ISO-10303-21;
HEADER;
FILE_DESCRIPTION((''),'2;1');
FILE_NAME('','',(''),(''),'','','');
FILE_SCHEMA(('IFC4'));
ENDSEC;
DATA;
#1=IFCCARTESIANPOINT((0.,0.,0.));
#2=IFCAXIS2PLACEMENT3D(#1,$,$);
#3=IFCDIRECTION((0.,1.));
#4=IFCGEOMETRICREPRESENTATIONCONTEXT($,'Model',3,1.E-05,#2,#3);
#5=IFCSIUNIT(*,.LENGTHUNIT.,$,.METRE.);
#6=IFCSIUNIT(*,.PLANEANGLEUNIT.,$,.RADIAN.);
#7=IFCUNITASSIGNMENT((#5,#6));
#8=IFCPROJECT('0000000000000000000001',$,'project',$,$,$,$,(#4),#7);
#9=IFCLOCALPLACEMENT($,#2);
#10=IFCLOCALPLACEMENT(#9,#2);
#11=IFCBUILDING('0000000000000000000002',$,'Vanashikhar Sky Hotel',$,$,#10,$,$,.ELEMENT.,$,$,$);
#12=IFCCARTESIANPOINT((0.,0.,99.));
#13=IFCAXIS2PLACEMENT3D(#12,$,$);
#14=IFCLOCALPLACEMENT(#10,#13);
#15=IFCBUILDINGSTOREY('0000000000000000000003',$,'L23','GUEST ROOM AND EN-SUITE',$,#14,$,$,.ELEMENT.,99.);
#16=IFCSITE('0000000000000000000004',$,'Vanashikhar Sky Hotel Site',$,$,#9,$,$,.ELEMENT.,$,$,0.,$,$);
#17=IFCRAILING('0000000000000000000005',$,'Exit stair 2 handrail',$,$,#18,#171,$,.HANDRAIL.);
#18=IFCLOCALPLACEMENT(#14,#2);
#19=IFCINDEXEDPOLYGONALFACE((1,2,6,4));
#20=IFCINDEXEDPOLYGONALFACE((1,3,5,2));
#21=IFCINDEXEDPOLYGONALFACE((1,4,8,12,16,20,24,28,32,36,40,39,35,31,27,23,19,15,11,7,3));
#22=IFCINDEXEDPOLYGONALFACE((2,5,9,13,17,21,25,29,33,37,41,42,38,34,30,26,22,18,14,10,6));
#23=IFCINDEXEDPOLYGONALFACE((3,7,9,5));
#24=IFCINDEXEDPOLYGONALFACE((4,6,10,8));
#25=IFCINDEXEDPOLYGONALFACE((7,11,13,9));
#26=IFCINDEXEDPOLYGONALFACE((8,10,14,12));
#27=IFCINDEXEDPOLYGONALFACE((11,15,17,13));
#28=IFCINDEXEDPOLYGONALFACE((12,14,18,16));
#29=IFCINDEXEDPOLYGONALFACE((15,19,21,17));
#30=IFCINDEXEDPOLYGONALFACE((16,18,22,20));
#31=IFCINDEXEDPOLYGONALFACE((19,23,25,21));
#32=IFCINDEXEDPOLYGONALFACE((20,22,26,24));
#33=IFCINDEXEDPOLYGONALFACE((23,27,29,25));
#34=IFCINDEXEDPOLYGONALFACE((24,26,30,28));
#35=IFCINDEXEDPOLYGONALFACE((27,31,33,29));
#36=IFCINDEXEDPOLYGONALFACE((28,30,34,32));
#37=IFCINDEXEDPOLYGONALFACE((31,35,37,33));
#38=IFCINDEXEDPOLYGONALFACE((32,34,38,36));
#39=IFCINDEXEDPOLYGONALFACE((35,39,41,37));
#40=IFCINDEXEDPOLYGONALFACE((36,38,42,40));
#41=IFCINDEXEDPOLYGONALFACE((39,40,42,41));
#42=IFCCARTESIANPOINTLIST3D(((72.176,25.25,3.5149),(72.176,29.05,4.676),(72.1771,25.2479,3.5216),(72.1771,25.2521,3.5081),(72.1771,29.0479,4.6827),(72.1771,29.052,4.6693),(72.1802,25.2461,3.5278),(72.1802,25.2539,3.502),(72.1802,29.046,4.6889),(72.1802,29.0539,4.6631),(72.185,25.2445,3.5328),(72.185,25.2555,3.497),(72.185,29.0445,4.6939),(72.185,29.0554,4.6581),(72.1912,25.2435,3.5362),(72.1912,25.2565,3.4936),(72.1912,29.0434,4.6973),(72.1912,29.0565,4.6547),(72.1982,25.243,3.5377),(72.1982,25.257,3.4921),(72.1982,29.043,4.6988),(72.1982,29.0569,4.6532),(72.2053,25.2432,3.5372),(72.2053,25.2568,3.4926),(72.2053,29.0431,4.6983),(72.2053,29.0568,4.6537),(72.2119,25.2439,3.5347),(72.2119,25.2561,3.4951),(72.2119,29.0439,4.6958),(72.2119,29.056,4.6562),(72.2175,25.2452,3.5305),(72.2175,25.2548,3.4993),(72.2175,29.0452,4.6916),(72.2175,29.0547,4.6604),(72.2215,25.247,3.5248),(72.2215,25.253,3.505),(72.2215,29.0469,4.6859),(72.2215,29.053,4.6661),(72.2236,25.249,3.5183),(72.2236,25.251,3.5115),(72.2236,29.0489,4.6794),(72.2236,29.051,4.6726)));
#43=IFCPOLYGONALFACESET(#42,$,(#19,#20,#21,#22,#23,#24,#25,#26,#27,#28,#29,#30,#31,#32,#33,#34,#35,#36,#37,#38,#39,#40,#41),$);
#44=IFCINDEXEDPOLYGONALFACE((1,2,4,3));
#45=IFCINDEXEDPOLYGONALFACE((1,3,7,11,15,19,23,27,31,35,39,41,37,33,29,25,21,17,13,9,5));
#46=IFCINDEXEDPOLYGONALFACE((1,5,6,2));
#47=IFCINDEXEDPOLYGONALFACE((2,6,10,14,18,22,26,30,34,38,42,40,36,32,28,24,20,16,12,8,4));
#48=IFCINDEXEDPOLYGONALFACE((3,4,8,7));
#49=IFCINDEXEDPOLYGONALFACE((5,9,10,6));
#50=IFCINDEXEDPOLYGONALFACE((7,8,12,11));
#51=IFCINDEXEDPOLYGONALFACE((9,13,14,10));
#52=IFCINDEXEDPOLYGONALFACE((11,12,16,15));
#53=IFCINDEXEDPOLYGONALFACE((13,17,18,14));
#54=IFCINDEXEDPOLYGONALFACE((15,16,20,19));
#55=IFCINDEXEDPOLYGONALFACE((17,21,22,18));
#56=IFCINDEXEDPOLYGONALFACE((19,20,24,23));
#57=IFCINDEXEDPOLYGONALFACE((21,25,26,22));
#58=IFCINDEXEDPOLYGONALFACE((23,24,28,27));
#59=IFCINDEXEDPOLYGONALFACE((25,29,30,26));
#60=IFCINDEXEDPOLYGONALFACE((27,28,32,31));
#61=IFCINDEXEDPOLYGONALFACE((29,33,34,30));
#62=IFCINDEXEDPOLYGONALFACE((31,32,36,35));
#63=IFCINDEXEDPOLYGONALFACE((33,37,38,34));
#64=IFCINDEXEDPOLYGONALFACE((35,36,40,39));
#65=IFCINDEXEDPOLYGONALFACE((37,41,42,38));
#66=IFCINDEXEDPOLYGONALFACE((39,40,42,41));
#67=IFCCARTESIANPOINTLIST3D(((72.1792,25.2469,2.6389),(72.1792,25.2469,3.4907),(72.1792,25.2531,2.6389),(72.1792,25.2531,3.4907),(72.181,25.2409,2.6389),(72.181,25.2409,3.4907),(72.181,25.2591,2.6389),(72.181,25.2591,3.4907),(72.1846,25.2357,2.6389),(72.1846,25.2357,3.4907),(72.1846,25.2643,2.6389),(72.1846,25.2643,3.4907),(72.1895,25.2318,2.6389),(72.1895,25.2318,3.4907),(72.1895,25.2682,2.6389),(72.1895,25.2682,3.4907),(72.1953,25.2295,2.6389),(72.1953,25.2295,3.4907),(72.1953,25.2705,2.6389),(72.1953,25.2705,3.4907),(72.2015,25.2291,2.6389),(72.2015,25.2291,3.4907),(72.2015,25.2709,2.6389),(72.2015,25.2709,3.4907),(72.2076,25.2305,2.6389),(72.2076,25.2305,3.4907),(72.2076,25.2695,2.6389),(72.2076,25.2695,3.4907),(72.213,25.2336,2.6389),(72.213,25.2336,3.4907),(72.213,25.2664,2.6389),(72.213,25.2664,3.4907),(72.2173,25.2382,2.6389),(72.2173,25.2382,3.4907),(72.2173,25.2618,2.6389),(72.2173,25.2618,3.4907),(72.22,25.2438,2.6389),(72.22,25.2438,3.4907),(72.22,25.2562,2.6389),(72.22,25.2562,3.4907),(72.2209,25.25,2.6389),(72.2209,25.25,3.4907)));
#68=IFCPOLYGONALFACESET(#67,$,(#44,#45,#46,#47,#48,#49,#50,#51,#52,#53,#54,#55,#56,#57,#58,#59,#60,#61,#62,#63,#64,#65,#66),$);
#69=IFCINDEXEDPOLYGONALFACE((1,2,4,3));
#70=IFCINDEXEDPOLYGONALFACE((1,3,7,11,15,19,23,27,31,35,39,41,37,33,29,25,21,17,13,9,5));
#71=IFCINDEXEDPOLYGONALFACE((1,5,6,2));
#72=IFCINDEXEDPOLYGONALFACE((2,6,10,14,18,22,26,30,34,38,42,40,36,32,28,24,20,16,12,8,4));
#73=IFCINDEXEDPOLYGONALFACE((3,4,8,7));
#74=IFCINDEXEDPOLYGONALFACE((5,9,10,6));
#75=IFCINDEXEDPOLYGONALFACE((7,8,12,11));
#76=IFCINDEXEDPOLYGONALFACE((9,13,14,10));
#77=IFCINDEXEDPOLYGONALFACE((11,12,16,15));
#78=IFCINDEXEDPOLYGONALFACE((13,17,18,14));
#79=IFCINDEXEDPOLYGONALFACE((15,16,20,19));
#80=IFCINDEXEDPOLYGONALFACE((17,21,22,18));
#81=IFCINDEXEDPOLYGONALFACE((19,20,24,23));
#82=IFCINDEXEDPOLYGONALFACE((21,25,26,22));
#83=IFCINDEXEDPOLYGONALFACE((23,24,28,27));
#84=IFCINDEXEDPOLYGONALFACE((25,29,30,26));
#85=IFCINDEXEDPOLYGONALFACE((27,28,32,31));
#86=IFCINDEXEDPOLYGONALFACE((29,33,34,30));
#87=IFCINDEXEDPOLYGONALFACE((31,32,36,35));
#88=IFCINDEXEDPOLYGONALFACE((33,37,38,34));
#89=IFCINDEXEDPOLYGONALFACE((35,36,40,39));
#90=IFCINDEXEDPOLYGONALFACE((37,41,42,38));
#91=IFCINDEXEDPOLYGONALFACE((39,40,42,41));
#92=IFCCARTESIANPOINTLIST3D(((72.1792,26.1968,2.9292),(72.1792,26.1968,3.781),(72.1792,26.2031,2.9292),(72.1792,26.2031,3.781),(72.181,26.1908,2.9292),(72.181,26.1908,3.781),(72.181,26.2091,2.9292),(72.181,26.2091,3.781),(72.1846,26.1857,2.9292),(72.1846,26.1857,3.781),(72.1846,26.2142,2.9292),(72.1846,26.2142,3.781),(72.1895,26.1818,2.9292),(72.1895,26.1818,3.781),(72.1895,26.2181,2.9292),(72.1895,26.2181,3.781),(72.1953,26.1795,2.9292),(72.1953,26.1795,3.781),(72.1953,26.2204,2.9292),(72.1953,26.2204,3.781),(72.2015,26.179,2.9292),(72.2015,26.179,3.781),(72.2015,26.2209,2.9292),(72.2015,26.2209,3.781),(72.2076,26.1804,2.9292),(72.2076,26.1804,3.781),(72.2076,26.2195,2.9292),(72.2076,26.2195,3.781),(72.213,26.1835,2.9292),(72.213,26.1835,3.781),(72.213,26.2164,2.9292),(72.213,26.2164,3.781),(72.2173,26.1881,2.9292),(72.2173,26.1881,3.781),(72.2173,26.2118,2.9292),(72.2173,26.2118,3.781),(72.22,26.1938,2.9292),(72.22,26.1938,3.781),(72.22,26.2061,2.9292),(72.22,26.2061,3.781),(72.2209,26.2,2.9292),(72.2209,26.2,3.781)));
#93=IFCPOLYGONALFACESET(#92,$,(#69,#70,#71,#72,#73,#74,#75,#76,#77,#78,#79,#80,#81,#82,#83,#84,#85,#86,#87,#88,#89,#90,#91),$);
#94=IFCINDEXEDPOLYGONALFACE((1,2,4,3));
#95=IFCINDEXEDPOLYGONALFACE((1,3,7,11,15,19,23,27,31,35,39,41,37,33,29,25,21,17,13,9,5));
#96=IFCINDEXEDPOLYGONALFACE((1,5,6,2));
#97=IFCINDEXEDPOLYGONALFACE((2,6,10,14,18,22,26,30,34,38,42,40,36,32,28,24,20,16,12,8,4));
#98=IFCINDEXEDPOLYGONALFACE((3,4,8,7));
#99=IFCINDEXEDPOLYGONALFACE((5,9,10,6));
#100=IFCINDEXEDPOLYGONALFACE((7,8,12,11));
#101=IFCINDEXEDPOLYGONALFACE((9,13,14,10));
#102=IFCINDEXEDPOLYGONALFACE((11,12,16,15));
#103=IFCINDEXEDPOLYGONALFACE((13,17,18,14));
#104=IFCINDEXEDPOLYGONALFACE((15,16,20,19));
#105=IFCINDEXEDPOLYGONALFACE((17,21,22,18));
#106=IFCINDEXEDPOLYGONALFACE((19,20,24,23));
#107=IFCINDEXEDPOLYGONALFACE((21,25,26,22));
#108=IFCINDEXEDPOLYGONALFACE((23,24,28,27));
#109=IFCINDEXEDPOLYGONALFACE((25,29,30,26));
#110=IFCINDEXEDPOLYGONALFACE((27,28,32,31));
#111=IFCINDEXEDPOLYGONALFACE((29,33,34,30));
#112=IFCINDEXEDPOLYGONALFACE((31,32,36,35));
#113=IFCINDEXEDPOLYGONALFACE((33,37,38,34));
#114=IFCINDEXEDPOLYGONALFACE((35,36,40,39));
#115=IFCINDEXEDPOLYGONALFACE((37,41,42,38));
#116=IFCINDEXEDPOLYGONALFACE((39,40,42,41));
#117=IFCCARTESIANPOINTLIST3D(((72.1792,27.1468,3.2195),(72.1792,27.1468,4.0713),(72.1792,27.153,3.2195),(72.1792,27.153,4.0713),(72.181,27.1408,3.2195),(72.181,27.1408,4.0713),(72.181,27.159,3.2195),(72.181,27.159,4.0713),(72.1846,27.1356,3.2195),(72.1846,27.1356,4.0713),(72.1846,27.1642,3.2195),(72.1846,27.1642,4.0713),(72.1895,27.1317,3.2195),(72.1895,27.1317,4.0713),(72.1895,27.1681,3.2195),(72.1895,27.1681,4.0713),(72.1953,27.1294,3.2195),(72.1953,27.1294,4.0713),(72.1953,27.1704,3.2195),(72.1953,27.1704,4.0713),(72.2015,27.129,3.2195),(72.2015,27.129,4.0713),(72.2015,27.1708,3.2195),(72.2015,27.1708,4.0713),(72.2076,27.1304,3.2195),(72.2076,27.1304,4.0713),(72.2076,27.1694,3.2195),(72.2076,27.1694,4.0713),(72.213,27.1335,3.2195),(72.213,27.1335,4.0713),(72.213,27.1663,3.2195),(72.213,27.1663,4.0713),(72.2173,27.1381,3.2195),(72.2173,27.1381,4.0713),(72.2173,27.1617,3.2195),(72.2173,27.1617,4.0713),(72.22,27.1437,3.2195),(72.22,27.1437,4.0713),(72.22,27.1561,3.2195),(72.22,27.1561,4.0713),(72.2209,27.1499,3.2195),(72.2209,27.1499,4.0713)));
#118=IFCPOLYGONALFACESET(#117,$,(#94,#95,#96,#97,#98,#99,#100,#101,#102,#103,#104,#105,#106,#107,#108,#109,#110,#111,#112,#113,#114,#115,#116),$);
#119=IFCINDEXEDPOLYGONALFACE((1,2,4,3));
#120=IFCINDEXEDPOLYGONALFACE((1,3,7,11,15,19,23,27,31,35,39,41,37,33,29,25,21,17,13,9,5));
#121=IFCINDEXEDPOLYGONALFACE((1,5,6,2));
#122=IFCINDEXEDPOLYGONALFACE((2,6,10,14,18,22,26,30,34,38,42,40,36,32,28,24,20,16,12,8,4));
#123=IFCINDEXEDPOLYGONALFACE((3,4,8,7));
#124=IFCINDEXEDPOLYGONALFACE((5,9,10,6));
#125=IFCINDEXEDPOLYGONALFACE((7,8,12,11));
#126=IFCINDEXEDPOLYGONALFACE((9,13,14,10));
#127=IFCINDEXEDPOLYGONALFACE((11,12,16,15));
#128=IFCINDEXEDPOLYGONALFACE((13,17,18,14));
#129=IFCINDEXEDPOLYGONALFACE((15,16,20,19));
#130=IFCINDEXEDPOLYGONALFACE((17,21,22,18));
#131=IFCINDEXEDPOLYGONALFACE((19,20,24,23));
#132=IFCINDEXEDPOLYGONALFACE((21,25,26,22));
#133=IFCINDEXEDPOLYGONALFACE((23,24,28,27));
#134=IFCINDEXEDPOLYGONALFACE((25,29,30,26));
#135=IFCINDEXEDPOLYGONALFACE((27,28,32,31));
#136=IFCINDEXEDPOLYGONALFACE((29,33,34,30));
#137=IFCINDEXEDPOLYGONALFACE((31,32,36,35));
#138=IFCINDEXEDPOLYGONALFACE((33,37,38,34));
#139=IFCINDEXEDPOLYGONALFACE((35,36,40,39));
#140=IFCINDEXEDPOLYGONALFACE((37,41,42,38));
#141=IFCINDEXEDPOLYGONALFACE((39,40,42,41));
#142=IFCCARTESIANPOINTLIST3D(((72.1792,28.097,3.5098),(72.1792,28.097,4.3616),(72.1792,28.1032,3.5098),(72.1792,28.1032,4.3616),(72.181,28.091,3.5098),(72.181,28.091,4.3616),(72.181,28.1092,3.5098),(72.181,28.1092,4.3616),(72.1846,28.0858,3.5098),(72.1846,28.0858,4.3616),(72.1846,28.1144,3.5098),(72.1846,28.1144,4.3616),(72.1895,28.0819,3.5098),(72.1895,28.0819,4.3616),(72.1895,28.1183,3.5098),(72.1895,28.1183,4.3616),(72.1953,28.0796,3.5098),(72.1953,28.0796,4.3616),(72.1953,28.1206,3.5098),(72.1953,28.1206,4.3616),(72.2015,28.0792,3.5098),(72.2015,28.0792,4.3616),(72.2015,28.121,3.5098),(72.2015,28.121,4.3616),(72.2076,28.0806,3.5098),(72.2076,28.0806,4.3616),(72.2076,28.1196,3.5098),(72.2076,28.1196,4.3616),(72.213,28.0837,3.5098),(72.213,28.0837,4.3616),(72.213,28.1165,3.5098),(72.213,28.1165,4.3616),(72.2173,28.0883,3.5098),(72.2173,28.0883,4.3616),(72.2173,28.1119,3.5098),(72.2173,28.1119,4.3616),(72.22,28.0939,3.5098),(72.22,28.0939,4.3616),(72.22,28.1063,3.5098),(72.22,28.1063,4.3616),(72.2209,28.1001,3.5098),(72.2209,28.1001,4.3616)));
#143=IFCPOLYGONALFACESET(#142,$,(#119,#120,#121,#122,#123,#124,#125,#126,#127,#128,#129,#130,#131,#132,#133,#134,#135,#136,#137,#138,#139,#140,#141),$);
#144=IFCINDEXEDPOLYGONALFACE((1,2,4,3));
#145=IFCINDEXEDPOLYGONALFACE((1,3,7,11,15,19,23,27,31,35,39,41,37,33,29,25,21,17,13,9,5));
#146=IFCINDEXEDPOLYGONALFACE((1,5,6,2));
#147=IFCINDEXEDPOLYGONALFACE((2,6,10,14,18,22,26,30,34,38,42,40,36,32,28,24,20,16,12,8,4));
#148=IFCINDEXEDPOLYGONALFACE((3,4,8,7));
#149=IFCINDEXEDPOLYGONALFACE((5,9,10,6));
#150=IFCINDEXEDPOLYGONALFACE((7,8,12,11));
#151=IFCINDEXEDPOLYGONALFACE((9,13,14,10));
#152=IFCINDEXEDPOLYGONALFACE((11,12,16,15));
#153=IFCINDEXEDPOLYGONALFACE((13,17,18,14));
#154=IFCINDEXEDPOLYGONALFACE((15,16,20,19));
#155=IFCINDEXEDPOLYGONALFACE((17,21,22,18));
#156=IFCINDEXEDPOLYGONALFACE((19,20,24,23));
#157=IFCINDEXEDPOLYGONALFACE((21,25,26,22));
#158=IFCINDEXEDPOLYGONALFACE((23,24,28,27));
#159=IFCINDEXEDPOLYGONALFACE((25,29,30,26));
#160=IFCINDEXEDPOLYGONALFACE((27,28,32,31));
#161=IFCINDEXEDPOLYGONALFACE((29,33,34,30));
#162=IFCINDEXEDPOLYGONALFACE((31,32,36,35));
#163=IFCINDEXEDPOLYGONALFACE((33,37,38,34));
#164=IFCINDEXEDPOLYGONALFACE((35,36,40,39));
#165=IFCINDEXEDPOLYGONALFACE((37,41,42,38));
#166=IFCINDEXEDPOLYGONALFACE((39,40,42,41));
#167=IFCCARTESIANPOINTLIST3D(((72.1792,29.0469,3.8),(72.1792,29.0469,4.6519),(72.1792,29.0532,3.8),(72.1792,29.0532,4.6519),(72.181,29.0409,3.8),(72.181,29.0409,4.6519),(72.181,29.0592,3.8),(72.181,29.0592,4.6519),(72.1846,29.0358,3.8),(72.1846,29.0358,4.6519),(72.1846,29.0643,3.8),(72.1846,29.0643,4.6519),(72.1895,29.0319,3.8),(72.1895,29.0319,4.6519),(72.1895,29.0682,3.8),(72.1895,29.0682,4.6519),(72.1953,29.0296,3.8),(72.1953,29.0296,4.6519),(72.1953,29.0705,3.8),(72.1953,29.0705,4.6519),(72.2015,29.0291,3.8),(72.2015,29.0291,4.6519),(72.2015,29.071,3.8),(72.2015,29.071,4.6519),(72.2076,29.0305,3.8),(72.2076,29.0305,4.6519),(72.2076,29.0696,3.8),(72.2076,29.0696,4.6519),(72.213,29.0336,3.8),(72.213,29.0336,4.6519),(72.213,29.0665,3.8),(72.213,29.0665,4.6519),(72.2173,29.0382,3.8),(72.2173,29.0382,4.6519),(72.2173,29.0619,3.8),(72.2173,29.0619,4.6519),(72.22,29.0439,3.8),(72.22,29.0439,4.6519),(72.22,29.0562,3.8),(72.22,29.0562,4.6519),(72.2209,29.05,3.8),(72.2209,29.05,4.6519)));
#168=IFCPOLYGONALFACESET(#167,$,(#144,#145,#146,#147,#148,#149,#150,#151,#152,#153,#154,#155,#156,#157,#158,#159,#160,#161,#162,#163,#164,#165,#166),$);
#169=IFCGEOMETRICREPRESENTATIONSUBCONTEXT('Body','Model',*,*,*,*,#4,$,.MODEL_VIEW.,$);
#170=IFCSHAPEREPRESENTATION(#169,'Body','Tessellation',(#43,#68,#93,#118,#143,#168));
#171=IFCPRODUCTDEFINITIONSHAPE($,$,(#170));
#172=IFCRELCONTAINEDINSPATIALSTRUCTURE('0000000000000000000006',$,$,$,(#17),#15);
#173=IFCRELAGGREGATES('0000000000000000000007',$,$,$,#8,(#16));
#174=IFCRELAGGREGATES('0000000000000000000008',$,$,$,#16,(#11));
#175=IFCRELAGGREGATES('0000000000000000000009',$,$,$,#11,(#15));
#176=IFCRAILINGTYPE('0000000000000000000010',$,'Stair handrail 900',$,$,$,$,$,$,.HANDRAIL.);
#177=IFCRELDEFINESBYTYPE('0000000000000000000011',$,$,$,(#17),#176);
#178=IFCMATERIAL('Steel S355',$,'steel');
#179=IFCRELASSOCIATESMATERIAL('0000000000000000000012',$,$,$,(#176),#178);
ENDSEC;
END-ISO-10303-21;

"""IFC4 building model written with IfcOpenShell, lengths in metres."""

from ifc_helpers import new_model, si_unit, direction, frame, origin, origin_2d, place, context, subcontext, project, spatial, circle, extrude, source, transform, mapped, material, type_object, element, save


model = new_model("IFC4")

# Units and contexts
model_context = context("Model", 3, precision=1e-05, world=origin(), true_north=direction((0.0, 1.0)))
body_context = subcontext(model_context, "Body", "Model", "MODEL_VIEW")
ifc_project = project(units=[si_unit("LENGTHUNIT", "METRE"), si_unit("PLANEANGLEUNIT", "RADIAN")], contexts=[model_context])

# Site, building, storey
site_placement = place(None, origin())
site = spatial("IfcSite", under=ifc_project, at=site_placement, Name="Vanashikhar Sky Hotel Site", CompositionType="ELEMENT", RefElevation=0.0)
building_placement = place(site_placement, origin())
building = spatial("IfcBuilding", under=site, at=building_placement, Name="Vanashikhar Sky Hotel", CompositionType="ELEMENT")
storey_placement = place(building_placement, frame((0.0, 0.0, 99.0)))
storey = spatial("IfcBuildingStorey", under=building, at=storey_placement, Name="L23", Description="GUEST ROOM AND EN-SUITE", CompositionType="ELEMENT", Elevation=99.0)

# Railing
ifc_material_1 = material(Name="Steel S355", Category="steel")
railing_type_1 = type_object("IfcRailingType", Name="Stair handrail 900", PredefinedType="HANDRAIL", material=ifc_material_1)
shared_shape_1 = source(origin(), body_context, "Body", "SweptSolid", [
    extrude(circle(Radius=0.0239, at=origin_2d()), frame((0.0, 0.0, 0.876), z_axis=(0.0, 0.956351, 0.29222), x_axis=(-1.0, 0.0, 0.0)), (0.0, 0.0, 1.0), 3.9734),
    extrude(circle(Radius=0.021, at=origin_2d()), origin(), (0.0, 0.0, 1.0), 0.8518),
    extrude(circle(Radius=0.021, at=origin_2d()), frame((0.0, 0.95, 0.2903)), (0.0, 0.0, 1.0), 0.8518),
    extrude(circle(Radius=0.021, at=origin_2d()), frame((0.0, 1.8999, 0.5806)), (0.0, 0.0, 1.0), 0.8518),
    extrude(circle(Radius=0.021, at=origin_2d()), frame((0.0, 2.8501, 0.8708)), (0.0, 0.0, 1.0), 0.8518),
    extrude(circle(Radius=0.021, at=origin_2d()), frame((0.0, 3.8, 1.1611)), (0.0, 0.0, 1.0), 0.8518),
])
for number, where, name in (
    (1, (72.2, 25.25, 2.6389), "Exit stair 2 handrail"),
):
    element("IfcRailing", number, at=place(storey_placement, frame(where)), inside=storey, type_object=railing_type_1, Name=name, PredefinedType="HANDRAIL", context=body_context, shape_type="MappedRepresentation", body=[
        mapped(shared_shape_1, transform((0.0, 0.0, 0.0), scale=1.0)),
    ])

save(model, "model.ifc")
